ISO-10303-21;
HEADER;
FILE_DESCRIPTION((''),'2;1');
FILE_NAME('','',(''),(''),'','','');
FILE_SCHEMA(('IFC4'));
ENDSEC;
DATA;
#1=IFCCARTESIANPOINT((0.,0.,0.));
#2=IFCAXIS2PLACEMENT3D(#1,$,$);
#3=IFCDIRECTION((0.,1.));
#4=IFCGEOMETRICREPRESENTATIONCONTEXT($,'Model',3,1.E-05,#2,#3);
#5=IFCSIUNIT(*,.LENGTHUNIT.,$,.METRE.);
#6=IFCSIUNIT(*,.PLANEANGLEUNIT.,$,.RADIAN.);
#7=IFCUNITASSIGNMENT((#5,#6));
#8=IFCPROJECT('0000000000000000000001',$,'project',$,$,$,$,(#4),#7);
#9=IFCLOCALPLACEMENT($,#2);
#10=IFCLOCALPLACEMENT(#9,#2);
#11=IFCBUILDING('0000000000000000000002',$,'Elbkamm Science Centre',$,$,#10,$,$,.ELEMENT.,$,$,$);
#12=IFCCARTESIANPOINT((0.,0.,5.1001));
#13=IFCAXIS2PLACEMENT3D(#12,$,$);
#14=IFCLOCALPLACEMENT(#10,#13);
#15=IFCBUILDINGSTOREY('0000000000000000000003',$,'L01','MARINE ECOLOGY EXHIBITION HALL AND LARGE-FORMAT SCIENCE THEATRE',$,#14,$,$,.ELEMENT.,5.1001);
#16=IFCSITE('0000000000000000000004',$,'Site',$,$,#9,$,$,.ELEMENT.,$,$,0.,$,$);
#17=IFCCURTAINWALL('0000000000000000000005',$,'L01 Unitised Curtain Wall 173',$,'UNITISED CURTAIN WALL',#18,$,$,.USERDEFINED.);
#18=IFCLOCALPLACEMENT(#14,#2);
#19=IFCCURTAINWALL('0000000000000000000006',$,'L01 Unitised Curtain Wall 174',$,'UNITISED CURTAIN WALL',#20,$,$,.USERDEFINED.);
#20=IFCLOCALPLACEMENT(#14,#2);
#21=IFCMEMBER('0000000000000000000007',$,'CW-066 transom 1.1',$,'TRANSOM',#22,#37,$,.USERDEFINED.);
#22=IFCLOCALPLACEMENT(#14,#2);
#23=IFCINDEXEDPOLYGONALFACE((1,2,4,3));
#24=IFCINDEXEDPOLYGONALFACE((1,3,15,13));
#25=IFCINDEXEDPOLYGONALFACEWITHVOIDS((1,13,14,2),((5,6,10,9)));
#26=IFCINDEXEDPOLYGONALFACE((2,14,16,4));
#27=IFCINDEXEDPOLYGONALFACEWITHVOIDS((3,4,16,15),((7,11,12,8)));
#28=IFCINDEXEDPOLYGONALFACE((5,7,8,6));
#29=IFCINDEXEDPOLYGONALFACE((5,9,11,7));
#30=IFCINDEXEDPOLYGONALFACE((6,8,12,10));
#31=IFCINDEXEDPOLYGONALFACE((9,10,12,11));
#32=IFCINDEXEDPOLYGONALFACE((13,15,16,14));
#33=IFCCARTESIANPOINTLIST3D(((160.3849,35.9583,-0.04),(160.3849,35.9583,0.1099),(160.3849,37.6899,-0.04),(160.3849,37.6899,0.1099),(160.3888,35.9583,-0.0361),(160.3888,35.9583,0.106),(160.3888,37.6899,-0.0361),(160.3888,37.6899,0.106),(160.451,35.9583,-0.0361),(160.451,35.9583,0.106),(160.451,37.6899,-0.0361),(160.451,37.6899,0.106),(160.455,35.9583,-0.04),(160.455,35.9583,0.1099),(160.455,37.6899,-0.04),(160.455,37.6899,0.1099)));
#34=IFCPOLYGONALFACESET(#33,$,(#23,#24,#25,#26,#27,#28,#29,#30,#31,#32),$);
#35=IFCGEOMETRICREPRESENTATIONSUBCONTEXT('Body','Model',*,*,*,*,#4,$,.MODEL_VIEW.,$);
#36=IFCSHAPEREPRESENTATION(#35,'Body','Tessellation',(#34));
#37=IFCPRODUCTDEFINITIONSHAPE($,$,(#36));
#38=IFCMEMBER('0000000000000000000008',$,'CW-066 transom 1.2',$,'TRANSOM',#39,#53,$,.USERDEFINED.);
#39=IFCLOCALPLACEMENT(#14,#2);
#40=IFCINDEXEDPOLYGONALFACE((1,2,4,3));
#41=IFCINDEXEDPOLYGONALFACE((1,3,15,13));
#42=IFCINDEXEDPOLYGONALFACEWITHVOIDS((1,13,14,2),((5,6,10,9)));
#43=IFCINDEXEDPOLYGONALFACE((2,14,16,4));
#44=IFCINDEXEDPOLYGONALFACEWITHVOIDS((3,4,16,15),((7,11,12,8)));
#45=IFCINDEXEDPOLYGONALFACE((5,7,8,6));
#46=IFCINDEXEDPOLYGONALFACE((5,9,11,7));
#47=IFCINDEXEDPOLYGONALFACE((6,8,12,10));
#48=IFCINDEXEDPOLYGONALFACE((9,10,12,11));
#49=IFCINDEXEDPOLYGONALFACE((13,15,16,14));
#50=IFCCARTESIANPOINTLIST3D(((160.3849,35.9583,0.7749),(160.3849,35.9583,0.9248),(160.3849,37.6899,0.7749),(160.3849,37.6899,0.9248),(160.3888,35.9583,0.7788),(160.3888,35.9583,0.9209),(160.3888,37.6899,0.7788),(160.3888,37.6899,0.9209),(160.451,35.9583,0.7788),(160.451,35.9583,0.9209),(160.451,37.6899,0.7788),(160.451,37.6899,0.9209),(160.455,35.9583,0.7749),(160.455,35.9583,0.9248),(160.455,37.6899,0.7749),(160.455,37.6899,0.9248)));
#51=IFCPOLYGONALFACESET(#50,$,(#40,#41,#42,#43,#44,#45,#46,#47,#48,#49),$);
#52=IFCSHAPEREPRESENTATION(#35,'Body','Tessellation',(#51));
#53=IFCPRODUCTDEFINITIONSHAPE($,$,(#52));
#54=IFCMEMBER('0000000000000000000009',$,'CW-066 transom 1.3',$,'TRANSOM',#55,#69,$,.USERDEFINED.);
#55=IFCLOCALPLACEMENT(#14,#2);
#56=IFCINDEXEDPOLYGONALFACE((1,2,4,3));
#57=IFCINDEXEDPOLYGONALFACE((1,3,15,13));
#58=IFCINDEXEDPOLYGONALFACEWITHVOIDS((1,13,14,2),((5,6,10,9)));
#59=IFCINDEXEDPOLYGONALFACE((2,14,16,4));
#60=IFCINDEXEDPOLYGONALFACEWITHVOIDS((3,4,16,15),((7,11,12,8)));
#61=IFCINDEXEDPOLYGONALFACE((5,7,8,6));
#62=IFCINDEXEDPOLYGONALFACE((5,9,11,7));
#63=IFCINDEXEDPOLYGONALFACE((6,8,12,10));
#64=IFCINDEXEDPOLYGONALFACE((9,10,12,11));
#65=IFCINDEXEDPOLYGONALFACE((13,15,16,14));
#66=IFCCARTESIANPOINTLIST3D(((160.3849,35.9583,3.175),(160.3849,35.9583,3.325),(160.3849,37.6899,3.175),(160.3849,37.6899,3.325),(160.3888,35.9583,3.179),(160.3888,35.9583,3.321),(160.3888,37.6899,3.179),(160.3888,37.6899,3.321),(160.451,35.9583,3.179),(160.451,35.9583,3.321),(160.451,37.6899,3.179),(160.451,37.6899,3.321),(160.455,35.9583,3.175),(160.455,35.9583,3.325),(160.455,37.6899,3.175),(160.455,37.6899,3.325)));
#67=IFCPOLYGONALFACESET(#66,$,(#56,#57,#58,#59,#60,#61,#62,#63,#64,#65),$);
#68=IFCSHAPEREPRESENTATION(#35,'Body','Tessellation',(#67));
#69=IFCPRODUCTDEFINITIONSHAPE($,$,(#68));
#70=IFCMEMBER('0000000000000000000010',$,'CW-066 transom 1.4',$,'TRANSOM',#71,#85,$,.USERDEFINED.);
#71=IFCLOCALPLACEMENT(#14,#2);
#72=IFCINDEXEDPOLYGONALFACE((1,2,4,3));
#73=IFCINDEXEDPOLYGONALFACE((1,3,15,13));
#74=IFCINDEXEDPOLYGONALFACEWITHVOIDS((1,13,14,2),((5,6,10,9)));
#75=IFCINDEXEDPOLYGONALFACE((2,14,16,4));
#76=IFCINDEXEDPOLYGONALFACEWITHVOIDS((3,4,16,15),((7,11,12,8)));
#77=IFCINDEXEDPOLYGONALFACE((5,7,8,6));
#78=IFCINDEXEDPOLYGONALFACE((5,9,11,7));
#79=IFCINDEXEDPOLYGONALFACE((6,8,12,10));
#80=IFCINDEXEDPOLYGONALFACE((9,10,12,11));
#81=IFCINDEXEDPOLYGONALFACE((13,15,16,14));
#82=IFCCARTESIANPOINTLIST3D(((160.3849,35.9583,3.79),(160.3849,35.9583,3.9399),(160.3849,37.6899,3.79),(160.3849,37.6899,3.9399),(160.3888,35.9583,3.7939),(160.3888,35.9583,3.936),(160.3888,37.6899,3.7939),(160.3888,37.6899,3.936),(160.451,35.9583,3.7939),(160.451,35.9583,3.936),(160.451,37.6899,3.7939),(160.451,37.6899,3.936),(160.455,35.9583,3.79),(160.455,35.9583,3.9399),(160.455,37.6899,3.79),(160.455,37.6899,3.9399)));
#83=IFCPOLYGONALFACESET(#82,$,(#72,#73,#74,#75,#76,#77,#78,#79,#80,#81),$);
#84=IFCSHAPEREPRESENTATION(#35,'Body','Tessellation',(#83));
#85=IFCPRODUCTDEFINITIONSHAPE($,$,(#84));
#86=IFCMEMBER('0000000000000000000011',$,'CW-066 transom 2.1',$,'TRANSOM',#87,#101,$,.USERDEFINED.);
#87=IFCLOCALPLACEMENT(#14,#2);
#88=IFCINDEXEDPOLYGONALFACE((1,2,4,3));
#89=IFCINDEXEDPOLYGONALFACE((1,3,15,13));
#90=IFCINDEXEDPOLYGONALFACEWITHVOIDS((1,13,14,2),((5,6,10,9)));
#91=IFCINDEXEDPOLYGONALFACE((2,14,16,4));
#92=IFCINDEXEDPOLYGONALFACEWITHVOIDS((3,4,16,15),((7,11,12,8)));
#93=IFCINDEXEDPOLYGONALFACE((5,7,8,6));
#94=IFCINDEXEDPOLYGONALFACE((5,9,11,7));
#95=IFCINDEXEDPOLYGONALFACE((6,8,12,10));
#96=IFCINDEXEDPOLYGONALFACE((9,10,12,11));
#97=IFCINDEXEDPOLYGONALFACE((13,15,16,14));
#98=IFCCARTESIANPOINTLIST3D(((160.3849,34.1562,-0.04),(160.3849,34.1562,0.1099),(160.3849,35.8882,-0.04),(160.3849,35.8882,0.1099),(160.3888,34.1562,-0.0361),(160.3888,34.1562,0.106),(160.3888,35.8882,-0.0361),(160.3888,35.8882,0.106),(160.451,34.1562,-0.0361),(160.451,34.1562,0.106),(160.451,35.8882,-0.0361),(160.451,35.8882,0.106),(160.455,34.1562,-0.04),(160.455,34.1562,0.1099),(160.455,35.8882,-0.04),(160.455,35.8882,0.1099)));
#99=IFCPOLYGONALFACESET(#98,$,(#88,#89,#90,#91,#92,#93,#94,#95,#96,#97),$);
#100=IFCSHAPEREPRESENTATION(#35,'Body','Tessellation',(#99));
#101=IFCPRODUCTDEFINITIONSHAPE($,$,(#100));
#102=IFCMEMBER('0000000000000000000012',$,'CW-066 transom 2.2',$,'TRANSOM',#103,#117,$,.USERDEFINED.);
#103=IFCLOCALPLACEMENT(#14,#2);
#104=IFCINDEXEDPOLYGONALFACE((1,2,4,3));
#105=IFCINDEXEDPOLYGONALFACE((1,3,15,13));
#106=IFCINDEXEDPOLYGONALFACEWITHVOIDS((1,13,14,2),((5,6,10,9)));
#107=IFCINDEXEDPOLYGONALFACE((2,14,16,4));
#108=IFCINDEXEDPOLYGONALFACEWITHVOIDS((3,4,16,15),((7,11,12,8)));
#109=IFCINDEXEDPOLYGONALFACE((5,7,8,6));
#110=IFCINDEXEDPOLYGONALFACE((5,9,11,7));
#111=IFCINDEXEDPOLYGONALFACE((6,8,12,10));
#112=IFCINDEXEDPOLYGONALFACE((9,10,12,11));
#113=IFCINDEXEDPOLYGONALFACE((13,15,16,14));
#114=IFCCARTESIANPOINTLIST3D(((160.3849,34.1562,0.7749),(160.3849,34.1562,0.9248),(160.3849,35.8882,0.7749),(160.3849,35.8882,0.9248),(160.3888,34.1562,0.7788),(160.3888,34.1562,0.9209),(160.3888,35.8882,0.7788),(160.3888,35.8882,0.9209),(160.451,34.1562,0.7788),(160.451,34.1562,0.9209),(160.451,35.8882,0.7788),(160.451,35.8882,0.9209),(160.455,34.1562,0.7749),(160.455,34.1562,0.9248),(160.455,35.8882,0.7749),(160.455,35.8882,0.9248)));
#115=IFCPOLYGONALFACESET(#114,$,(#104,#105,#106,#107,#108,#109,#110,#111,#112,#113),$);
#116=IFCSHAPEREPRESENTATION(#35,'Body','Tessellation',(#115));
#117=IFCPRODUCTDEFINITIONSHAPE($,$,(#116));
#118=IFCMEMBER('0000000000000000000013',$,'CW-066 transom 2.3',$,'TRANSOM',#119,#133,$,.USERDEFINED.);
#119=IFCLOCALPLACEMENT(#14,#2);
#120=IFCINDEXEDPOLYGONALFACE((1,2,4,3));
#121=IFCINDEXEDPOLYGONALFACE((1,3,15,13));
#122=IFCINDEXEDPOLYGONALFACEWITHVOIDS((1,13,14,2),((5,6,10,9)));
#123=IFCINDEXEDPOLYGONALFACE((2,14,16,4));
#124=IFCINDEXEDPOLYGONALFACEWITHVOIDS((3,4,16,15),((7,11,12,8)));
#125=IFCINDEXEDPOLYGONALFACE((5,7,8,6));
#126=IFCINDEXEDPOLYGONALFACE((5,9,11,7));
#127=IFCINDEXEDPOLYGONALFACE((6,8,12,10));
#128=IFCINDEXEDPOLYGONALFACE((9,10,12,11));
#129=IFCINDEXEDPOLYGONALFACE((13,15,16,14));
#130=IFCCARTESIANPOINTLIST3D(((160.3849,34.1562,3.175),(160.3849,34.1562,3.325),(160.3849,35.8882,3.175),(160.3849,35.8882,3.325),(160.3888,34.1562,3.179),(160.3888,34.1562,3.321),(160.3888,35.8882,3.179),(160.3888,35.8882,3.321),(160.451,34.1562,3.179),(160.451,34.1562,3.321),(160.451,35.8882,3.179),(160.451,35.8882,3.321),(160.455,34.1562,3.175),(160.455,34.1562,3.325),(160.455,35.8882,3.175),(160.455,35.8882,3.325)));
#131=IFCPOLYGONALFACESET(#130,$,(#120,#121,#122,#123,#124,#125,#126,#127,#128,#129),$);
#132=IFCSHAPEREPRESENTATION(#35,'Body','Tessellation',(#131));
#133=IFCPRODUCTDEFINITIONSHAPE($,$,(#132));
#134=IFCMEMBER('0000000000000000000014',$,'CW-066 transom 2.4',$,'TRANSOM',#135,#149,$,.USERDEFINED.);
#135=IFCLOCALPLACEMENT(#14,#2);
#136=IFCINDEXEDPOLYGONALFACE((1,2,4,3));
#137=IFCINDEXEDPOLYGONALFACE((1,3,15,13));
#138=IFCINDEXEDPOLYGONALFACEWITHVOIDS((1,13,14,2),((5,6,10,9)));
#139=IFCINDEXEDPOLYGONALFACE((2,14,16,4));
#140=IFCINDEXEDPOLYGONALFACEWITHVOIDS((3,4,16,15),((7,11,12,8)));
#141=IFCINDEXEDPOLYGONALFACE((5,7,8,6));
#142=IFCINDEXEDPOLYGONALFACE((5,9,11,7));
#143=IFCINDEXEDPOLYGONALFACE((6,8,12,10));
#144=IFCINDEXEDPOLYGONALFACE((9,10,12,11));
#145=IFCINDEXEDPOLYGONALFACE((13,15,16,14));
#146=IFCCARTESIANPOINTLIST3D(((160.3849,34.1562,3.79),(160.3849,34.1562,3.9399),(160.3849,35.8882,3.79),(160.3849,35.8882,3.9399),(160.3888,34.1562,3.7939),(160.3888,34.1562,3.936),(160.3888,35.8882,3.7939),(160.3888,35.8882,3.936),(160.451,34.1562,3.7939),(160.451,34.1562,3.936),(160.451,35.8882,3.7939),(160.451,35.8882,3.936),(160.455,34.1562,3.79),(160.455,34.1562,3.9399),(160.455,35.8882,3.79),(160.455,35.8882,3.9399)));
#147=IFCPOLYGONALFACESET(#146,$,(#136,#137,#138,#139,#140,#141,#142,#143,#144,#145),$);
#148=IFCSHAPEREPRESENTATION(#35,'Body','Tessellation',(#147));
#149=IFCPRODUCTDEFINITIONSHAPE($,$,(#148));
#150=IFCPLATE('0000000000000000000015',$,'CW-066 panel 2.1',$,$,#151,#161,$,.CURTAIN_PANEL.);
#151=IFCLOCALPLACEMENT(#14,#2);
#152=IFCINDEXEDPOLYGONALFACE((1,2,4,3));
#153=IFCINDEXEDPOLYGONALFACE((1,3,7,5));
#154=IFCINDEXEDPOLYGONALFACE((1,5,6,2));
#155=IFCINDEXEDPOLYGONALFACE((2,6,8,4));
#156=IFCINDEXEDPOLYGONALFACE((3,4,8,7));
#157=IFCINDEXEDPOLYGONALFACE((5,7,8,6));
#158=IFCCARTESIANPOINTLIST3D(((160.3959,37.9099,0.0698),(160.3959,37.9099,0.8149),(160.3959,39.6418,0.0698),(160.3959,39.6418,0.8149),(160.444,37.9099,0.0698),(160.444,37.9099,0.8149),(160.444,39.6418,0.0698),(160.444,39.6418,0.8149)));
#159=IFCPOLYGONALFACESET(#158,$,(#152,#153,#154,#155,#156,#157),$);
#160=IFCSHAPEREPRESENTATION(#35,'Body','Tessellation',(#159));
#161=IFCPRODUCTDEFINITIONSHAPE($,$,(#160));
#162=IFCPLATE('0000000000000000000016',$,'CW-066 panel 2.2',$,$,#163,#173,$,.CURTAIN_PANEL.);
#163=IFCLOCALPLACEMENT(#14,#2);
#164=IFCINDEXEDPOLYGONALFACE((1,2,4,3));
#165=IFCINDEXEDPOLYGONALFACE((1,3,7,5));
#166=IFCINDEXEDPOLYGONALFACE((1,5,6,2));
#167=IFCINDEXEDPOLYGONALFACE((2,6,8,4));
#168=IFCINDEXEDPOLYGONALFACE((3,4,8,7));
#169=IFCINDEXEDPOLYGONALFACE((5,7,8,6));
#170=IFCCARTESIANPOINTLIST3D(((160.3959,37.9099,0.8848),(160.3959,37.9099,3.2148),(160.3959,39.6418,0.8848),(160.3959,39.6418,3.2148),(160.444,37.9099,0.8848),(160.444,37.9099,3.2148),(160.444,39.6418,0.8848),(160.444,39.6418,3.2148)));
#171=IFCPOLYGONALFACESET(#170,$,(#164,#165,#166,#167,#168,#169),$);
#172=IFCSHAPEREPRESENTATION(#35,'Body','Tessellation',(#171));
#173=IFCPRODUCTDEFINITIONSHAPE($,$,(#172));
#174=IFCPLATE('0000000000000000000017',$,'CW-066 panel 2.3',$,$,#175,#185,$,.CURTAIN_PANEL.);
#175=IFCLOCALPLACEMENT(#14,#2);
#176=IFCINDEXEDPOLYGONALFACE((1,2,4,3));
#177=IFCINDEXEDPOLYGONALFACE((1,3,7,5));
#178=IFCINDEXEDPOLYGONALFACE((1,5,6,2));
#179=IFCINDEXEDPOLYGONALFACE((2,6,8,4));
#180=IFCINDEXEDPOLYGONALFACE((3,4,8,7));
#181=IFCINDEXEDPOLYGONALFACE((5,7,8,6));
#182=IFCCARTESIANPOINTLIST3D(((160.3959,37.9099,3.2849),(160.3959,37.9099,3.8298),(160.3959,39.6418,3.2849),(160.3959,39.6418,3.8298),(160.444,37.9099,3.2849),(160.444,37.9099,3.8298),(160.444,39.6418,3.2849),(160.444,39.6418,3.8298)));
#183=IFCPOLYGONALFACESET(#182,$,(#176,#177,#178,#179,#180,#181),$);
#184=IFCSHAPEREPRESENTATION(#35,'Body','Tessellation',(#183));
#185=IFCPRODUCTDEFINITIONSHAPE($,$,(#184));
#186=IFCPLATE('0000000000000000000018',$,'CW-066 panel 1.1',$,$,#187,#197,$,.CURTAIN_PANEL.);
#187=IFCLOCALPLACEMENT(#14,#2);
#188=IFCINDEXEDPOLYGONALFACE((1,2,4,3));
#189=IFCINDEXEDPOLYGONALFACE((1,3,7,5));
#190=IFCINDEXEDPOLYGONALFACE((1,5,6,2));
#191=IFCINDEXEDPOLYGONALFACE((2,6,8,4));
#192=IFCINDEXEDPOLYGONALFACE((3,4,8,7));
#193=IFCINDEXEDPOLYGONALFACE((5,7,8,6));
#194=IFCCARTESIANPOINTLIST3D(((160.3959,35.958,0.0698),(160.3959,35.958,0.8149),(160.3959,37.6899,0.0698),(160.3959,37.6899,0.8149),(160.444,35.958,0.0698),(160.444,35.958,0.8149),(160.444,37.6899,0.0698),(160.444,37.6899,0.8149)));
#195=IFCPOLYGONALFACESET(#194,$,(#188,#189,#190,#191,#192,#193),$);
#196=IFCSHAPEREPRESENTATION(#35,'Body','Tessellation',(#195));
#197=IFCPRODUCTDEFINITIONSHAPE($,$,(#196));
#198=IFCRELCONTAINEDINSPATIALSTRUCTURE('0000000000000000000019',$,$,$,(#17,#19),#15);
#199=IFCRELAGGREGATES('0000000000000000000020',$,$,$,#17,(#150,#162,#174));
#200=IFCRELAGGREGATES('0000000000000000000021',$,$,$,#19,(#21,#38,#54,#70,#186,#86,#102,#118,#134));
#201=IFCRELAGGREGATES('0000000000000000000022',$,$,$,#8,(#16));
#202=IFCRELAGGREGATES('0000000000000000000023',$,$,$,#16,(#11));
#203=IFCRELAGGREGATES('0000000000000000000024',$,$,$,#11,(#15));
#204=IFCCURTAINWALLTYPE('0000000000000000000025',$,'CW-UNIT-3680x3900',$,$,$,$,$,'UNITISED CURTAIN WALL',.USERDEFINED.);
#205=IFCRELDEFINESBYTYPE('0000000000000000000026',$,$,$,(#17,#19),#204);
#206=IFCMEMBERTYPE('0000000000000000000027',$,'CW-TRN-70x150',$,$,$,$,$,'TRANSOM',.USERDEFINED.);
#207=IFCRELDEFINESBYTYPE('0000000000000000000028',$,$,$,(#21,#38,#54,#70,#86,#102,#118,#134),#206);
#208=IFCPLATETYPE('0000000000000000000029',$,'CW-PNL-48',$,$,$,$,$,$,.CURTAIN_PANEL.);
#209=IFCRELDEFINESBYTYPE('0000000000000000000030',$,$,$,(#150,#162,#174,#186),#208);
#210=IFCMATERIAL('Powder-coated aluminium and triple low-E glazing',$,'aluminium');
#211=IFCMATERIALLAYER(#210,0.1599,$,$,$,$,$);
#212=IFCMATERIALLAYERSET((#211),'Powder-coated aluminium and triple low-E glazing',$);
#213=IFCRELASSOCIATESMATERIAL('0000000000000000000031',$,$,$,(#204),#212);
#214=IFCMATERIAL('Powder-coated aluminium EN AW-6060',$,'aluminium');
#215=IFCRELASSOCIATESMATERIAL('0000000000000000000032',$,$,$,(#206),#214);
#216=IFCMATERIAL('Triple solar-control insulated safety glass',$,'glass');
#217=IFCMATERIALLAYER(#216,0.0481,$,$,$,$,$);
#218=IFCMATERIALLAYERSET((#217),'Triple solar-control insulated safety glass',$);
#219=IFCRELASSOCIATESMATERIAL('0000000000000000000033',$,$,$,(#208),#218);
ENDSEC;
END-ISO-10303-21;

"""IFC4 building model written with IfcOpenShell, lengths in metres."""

from ifc_helpers import new_model, si_unit, direction, frame, origin, origin_2d, place, context, subcontext, project, spatial, rectangle, hollow_rectangle, extrude, material, layer, layer_set, material_profile, profile_set, type_object, element, aggregate, save


model = new_model("IFC4")

# Units and contexts
model_context = context("Model", 3, precision=1e-05, world=origin(), true_north=direction((0.0, 1.0)))
body_context = subcontext(model_context, "Body", "Model", "MODEL_VIEW")
ifc_project = project(units=[si_unit("LENGTHUNIT", "METRE"), si_unit("PLANEANGLEUNIT", "RADIAN")], contexts=[model_context])

# Site, building, storey
site_placement = place(None, origin())
site = spatial("IfcSite", under=ifc_project, at=site_placement, Name="Site", CompositionType="ELEMENT", RefElevation=0.0)
building_placement = place(site_placement, origin())
building = spatial("IfcBuilding", under=site, at=building_placement, Name="Elbkamm Science Centre", CompositionType="ELEMENT")
storey_placement = place(building_placement, frame((0.0, 0.0, 5.1001)))
storey = spatial("IfcBuildingStorey", under=building, at=storey_placement, Name="L01", Description="MARINE ECOLOGY EXHIBITION HALL AND LARGE-FORMAT SCIENCE THEATRE", CompositionType="ELEMENT", Elevation=5.1001)

# Curtain walls
ifc_material_1 = material(Name="Powder-coated aluminium and triple low-E glazing", Category="aluminium")
ifc_layer_1 = layer(ifc_material_1, 0.1599)
ifc_layer_set_1 = layer_set([ifc_layer_1], Name="Powder-coated aluminium and triple low-E glazing")
curtain_wall_type = type_object("IfcCurtainWallType", Name="CW-UNIT-3680x3900", ElementType="UNITISED CURTAIN WALL", PredefinedType="USERDEFINED", material=ifc_layer_set_1)
curtain_wall_1_placement = place(storey_placement, origin())
curtain_wall_1 = element("IfcCurtainWall", 1, at=curtain_wall_1_placement, inside=storey, type_object=curtain_wall_type, Name="L01 Unitised Curtain Wall 173", ObjectType="UNITISED CURTAIN WALL", PredefinedType="USERDEFINED")
ifc_material_2 = material(Name="Powder-coated aluminium EN AW-6060", Category="aluminium")
curtain_wall_2_placement = place(storey_placement, origin())
curtain_wall_2 = element("IfcCurtainWall", 2, at=curtain_wall_2_placement, inside=storey, type_object=curtain_wall_type, Name="L01 Unitised Curtain Wall 174", ObjectType="UNITISED CURTAIN WALL", PredefinedType="USERDEFINED")

# Members
ifc_material_profile_1 = material_profile(ifc_material_2, hollow_rectangle(XDim=0.0701, YDim=0.1499, WallThickness=0.0039, at=origin_2d()), Name="ALU T70x150")
ifc_profile_set_1 = profile_set([ifc_material_profile_1], Name="Powder-coated aluminium EN AW-6060")
member_type_1 = type_object("IfcMemberType", Name="CW-TRN-70x150", ElementType="TRANSOM", PredefinedType="USERDEFINED", material=ifc_profile_set_1)
member_1_placement = place(storey_placement, frame((160.4199, 37.6899, 0.0349), z_axis=(0.0, -1.0, 0.0), x_axis=(1.0, 0.0, 0.0)))
member_1 = element("IfcMember", 3, at=member_1_placement, type_object=member_type_1, Name="CW-066 transom 1.1", ObjectType="TRANSOM", PredefinedType="USERDEFINED", context=body_context, shape_type="SweptSolid", body=[
    extrude(hollow_rectangle(XDim=0.0701, YDim=0.1499, WallThickness=0.0039, at=origin_2d()), origin(), (0.0, 0.0, 1.0), 1.7317),
])
member_2_placement = place(storey_placement, frame((160.4199, 37.6899, 0.8499), z_axis=(0.0, -1.0, 0.0), x_axis=(1.0, 0.0, 0.0)))
member_2 = element("IfcMember", 4, at=member_2_placement, type_object=member_type_1, Name="CW-066 transom 1.2", ObjectType="TRANSOM", PredefinedType="USERDEFINED", context=body_context, shape_type="SweptSolid", body=[
    extrude(hollow_rectangle(XDim=0.0701, YDim=0.1499, WallThickness=0.0039, at=origin_2d()), origin(), (0.0, 0.0, 1.0), 1.7317),
])
member_3_placement = place(storey_placement, frame((160.4199, 37.6899, 3.25), z_axis=(0.0, -1.0, 0.0), x_axis=(1.0, 0.0, 0.0)))
member_3 = element("IfcMember", 5, at=member_3_placement, type_object=member_type_1, Name="CW-066 transom 1.3", ObjectType="TRANSOM", PredefinedType="USERDEFINED", context=body_context, shape_type="SweptSolid", body=[
    extrude(hollow_rectangle(XDim=0.0701, YDim=0.1499, WallThickness=0.0039, at=origin_2d()), origin(), (0.0, 0.0, 1.0), 1.7317),
])
member_4_placement = place(storey_placement, frame((160.4199, 37.6899, 3.865), z_axis=(0.0, -1.0, 0.0), x_axis=(1.0, 0.0, 0.0)))
member_4 = element("IfcMember", 6, at=member_4_placement, type_object=member_type_1, Name="CW-066 transom 1.4", ObjectType="TRANSOM", PredefinedType="USERDEFINED", context=body_context, shape_type="SweptSolid", body=[
    extrude(hollow_rectangle(XDim=0.0701, YDim=0.1499, WallThickness=0.0039, at=origin_2d()), origin(), (0.0, 0.0, 1.0), 1.7317),
])
member_5_placement = place(storey_placement, frame((160.4199, 35.8882, 0.0349), z_axis=(0.0, -1.0, 0.0), x_axis=(1.0, 0.0, 0.0)))
member_5 = element("IfcMember", 7, at=member_5_placement, type_object=member_type_1, Name="CW-066 transom 2.1", ObjectType="TRANSOM", PredefinedType="USERDEFINED", context=body_context, shape_type="SweptSolid", body=[
    extrude(hollow_rectangle(XDim=0.0701, YDim=0.1499, WallThickness=0.0039, at=origin_2d()), origin(), (0.0, 0.0, 1.0), 1.7319),
])
member_6_placement = place(storey_placement, frame((160.4199, 35.8882, 0.8499), z_axis=(0.0, -1.0, 0.0), x_axis=(1.0, 0.0, 0.0)))
member_6 = element("IfcMember", 8, at=member_6_placement, type_object=member_type_1, Name="CW-066 transom 2.2", ObjectType="TRANSOM", PredefinedType="USERDEFINED", context=body_context, shape_type="SweptSolid", body=[
    extrude(hollow_rectangle(XDim=0.0701, YDim=0.1499, WallThickness=0.0039, at=origin_2d()), origin(), (0.0, 0.0, 1.0), 1.7319),
])
member_7_placement = place(storey_placement, frame((160.4199, 35.8882, 3.25), z_axis=(0.0, -1.0, 0.0), x_axis=(1.0, 0.0, 0.0)))
member_7 = element("IfcMember", 9, at=member_7_placement, type_object=member_type_1, Name="CW-066 transom 2.3", ObjectType="TRANSOM", PredefinedType="USERDEFINED", context=body_context, shape_type="SweptSolid", body=[
    extrude(hollow_rectangle(XDim=0.0701, YDim=0.1499, WallThickness=0.0039, at=origin_2d()), origin(), (0.0, 0.0, 1.0), 1.7319),
])
member_8_placement = place(storey_placement, frame((160.4199, 35.8882, 3.865), z_axis=(0.0, -1.0, 0.0), x_axis=(1.0, 0.0, 0.0)))
member_8 = element("IfcMember", 10, at=member_8_placement, type_object=member_type_1, Name="CW-066 transom 2.4", ObjectType="TRANSOM", PredefinedType="USERDEFINED", context=body_context, shape_type="SweptSolid", body=[
    extrude(hollow_rectangle(XDim=0.0701, YDim=0.1499, WallThickness=0.0039, at=origin_2d()), origin(), (0.0, 0.0, 1.0), 1.7319),
])

# Plates
ifc_material_3 = material(Name="Triple solar-control insulated safety glass", Category="glass")
ifc_layer_2 = layer(ifc_material_3, 0.0481)
ifc_layer_set_2 = layer_set([ifc_layer_2], Name="Triple solar-control insulated safety glass")
plate_type = type_object("IfcPlateType", Name="CW-PNL-48", PredefinedType="CURTAIN_PANEL", material=ifc_layer_set_2)
plate_1_placement = place(storey_placement, frame((160.4199, 38.7759, 0.0698), z_axis=(0.0, 0.0, 1.0), x_axis=(0.0, -1.0, 0.0)))
plate_1 = element("IfcPlate", 11, at=plate_1_placement, type_object=plate_type, Name="CW-066 panel 2.1", PredefinedType="CURTAIN_PANEL", context=body_context, shape_type="SweptSolid", body=[
    extrude(rectangle(XDim=1.7319, YDim=0.0481, at=origin_2d()), origin(), (0.0, 0.0, 1.0), 0.7451),
])
plate_2_placement = place(storey_placement, frame((160.4199, 38.7759, 0.8848), z_axis=(0.0, 0.0, 1.0), x_axis=(0.0, -1.0, 0.0)))
plate_2 = element("IfcPlate", 12, at=plate_2_placement, type_object=plate_type, Name="CW-066 panel 2.2", PredefinedType="CURTAIN_PANEL", context=body_context, shape_type="SweptSolid", body=[
    extrude(rectangle(XDim=1.7319, YDim=0.0481, at=origin_2d()), origin(), (0.0, 0.0, 1.0), 2.3301),
])
plate_3_placement = place(storey_placement, frame((160.4199, 38.7759, 3.2849), z_axis=(0.0, 0.0, 1.0), x_axis=(0.0, -1.0, 0.0)))
plate_3 = element("IfcPlate", 13, at=plate_3_placement, type_object=plate_type, Name="CW-066 panel 2.3", PredefinedType="CURTAIN_PANEL", context=body_context, shape_type="SweptSolid", body=[
    extrude(rectangle(XDim=1.7319, YDim=0.0481, at=origin_2d()), origin(), (0.0, 0.0, 1.0), 0.5449),
])
aggregate(curtain_wall_1, [plate_1, plate_2, plate_3])
plate_4_placement = place(storey_placement, frame((160.4199, 36.824, 0.0698), z_axis=(0.0, 0.0, 1.0), x_axis=(0.0, -1.0, 0.0)))
plate_4 = element("IfcPlate", 14, at=plate_4_placement, type_object=plate_type, Name="CW-066 panel 1.1", PredefinedType="CURTAIN_PANEL", context=body_context, shape_type="SweptSolid", body=[
    extrude(rectangle(XDim=1.7319, YDim=0.0481, at=origin_2d()), origin(), (0.0, 0.0, 1.0), 0.7451),
])
aggregate(curtain_wall_2, [member_1, member_2, member_3, member_4, plate_4, member_5, member_6, member_7, member_8])

save(model, "model.ifc")
